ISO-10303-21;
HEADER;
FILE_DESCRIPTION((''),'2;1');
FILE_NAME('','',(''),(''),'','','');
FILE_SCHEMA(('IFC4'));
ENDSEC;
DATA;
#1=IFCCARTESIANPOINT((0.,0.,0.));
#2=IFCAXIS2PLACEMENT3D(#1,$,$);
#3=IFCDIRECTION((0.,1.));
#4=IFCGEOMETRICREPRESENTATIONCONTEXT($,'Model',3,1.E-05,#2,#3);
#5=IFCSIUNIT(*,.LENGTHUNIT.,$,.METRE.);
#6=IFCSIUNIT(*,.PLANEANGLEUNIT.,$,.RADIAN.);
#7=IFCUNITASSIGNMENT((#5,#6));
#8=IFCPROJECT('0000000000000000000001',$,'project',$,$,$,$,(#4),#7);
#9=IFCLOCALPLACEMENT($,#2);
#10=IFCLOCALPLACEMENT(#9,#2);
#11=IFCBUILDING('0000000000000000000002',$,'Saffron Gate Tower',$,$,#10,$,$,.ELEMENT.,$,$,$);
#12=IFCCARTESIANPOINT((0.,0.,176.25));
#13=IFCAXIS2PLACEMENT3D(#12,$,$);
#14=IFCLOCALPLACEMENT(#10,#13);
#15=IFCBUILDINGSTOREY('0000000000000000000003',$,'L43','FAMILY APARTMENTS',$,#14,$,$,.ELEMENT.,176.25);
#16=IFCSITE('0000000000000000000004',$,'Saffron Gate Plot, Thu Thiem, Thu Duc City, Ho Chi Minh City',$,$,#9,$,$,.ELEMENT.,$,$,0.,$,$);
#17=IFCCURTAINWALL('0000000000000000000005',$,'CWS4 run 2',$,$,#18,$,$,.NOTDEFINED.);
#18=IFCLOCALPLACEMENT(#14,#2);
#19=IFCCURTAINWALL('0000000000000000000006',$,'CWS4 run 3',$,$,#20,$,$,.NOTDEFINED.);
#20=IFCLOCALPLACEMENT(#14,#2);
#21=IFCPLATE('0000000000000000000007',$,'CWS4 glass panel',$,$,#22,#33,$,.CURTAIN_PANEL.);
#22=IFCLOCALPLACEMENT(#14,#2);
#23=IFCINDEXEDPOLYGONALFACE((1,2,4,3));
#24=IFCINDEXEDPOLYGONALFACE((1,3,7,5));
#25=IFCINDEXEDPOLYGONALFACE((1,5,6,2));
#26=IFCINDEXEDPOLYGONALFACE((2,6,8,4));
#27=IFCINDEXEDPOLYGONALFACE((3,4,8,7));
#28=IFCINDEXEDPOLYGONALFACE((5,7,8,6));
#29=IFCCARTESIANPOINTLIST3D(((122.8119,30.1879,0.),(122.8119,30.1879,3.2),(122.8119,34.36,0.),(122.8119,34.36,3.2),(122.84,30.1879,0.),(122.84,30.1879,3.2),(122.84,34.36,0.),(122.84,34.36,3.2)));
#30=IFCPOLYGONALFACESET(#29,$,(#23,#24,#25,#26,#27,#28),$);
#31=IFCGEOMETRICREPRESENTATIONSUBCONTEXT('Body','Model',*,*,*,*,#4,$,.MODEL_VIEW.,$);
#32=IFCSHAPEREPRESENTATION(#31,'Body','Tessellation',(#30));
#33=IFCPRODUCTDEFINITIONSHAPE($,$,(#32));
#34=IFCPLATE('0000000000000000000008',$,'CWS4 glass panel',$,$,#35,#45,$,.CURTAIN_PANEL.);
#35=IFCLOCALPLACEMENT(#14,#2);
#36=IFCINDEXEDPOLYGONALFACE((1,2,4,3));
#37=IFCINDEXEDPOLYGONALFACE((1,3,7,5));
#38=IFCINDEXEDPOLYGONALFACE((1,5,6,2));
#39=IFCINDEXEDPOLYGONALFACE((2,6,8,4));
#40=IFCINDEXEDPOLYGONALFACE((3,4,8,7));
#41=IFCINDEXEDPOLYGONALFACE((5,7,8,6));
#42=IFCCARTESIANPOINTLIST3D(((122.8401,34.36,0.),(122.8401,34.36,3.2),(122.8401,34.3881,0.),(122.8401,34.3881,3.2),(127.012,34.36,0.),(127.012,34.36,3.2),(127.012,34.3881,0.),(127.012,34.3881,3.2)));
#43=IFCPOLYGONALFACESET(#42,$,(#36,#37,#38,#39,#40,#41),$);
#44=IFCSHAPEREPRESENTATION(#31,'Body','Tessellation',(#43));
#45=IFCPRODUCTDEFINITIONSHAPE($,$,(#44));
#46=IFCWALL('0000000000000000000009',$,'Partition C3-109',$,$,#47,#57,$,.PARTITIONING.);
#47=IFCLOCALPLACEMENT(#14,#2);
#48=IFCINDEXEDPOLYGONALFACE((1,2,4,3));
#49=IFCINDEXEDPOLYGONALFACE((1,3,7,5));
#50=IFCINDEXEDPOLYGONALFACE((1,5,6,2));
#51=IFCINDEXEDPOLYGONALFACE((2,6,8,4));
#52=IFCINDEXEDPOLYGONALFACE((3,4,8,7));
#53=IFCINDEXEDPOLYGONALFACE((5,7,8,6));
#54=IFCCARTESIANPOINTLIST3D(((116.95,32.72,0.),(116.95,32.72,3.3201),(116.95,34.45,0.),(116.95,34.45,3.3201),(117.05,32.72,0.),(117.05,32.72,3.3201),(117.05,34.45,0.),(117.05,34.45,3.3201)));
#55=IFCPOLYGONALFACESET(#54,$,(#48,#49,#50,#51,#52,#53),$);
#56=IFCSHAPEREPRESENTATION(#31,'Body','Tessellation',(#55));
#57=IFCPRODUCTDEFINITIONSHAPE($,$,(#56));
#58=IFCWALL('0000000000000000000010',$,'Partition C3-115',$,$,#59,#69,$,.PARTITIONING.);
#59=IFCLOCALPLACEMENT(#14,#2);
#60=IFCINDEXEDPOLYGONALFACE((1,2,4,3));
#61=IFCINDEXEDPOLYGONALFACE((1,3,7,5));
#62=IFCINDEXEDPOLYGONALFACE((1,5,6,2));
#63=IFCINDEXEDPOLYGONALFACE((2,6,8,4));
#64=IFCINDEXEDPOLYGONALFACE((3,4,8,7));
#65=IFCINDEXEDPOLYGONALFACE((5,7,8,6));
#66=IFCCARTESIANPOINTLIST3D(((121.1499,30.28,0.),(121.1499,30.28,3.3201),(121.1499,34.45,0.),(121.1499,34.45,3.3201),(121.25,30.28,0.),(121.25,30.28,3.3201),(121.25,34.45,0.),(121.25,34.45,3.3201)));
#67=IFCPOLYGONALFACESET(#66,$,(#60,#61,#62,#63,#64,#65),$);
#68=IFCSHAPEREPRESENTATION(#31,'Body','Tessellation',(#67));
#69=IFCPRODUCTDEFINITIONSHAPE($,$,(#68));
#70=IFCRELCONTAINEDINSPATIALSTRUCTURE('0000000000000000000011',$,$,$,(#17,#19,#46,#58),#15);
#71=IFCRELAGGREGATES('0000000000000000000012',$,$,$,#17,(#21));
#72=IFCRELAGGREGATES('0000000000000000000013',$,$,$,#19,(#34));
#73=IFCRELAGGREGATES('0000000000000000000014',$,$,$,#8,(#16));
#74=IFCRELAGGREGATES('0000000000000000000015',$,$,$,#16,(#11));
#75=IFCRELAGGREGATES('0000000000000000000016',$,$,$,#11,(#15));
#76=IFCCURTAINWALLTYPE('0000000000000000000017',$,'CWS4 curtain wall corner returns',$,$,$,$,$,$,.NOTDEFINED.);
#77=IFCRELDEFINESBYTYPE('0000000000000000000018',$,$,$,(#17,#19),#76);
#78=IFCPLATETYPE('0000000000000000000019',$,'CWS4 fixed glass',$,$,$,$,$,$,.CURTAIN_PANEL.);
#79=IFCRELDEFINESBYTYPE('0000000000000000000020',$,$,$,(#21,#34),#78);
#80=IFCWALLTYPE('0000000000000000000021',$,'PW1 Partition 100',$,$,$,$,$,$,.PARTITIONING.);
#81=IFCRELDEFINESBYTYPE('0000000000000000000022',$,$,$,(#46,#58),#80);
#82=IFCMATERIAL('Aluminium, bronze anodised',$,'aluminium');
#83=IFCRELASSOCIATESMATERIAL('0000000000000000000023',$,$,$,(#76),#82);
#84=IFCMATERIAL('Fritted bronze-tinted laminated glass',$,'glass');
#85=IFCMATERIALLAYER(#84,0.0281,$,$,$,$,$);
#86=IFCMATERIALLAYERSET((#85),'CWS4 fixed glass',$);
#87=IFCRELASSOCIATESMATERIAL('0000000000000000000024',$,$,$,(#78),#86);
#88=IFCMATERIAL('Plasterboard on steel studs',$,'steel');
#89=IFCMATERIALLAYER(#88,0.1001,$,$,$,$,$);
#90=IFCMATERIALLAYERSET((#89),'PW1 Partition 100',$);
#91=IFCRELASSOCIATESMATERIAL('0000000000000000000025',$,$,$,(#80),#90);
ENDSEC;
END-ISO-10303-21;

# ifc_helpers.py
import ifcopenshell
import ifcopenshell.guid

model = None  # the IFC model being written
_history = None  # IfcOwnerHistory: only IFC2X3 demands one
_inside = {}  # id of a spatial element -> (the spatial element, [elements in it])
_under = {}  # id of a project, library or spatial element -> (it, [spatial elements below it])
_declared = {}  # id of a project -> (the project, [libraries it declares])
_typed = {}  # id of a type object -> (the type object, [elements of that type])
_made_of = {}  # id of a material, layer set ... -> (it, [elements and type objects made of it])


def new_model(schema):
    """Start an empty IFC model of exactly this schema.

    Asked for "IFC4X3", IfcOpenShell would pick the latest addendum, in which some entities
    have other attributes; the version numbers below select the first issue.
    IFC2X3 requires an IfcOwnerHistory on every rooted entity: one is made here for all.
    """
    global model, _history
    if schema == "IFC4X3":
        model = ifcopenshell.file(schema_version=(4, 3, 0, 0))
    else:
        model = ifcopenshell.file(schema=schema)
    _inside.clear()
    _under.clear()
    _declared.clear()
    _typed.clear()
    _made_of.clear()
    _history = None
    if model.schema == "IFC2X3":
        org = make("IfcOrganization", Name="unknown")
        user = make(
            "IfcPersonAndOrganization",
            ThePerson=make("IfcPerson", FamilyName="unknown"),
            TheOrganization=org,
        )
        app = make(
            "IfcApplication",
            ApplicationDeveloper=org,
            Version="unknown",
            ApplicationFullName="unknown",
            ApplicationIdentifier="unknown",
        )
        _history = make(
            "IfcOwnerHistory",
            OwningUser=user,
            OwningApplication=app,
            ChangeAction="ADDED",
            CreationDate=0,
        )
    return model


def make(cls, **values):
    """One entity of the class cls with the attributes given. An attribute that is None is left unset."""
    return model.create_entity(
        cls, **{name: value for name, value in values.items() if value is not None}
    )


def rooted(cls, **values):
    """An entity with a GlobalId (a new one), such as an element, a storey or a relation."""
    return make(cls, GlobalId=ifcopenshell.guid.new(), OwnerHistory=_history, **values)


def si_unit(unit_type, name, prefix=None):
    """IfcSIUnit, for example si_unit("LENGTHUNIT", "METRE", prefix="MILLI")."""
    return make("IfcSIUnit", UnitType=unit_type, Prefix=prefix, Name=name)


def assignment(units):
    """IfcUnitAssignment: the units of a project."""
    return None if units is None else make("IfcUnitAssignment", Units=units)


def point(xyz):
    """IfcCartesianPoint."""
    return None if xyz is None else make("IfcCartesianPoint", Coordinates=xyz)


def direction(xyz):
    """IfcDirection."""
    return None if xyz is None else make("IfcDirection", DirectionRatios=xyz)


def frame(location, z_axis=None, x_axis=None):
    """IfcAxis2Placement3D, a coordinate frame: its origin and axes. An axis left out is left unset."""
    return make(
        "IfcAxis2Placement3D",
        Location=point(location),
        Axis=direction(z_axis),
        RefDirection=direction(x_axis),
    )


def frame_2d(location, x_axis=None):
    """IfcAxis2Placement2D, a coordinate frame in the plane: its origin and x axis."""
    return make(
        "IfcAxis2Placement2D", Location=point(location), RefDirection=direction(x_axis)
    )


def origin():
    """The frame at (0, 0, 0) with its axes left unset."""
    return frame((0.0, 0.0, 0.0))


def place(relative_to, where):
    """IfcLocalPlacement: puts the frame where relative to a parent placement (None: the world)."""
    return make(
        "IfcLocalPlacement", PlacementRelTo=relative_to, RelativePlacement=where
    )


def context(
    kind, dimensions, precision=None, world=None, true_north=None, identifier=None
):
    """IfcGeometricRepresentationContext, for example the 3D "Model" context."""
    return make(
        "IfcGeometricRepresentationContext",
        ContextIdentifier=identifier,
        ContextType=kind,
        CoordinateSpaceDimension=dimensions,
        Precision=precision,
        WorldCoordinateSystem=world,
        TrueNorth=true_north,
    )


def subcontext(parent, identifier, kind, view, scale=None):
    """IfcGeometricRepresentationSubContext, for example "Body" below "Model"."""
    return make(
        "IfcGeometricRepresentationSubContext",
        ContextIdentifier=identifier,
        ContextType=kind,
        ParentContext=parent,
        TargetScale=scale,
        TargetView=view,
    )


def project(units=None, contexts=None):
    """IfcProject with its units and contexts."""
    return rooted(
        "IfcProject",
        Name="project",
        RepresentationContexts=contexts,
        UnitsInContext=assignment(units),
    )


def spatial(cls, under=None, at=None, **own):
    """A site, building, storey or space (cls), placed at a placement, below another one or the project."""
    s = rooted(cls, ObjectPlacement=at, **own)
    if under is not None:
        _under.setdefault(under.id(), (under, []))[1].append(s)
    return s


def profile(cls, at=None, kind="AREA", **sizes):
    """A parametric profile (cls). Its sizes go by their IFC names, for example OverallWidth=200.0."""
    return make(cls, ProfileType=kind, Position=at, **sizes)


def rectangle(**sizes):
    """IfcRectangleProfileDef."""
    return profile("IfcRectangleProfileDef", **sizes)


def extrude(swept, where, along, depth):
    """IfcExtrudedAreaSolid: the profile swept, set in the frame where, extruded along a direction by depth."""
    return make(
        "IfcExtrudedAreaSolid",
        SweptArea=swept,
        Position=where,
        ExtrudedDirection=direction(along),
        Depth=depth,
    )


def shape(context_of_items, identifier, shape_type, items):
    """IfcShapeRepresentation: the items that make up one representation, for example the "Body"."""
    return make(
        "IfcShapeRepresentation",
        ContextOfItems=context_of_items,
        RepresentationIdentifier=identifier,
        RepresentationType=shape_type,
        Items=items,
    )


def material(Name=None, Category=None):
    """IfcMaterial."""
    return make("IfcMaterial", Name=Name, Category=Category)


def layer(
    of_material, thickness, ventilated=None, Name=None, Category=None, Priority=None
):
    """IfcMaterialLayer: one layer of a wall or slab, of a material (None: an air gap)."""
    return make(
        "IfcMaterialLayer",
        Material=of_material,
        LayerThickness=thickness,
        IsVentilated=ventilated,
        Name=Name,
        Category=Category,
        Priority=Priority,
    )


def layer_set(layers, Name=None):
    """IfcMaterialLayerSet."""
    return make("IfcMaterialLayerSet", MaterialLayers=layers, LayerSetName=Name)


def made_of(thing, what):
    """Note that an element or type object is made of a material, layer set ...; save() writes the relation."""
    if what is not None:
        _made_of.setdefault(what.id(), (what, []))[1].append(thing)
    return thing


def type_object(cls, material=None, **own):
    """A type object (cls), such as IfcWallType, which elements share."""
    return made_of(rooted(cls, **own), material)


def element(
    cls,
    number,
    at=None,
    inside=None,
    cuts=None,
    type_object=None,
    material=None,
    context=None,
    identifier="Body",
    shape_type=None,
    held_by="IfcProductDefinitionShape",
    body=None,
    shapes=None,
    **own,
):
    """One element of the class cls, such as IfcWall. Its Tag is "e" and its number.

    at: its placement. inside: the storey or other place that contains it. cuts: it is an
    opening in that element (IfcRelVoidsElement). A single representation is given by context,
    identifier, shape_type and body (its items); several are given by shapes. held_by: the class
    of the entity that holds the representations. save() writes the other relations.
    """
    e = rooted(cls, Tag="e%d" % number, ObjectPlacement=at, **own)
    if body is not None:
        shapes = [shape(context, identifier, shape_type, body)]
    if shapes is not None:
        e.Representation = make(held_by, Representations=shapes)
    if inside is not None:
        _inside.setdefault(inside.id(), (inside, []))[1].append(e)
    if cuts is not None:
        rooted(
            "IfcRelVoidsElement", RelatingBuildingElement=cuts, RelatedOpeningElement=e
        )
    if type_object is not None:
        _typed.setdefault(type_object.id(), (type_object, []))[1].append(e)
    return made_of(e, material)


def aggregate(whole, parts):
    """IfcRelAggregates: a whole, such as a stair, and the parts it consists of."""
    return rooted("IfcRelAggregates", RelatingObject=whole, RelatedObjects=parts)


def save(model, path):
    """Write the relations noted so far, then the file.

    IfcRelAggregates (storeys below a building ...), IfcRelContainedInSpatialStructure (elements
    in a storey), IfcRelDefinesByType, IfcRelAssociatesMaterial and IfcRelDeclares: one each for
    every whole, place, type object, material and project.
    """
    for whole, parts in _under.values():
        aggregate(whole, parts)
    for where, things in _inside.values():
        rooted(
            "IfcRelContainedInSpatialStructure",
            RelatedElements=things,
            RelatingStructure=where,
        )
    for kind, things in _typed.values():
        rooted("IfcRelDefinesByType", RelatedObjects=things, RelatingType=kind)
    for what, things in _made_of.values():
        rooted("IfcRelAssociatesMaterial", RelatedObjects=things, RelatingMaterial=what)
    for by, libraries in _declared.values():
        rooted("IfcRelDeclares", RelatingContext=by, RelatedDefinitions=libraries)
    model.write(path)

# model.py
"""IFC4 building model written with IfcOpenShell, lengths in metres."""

from ifc_helpers import new_model, si_unit, direction, frame, frame_2d, origin, place, context, subcontext, project, spatial, rectangle, extrude, material, layer, layer_set, type_object, element, aggregate, save


model = new_model("IFC4")

# Units and contexts
model_context = context("Model", 3, precision=1e-05, world=origin(), true_north=direction((0.0, 1.0)))
body_context = subcontext(model_context, "Body", "Model", "MODEL_VIEW")
ifc_project = project(units=[si_unit("LENGTHUNIT", "METRE"), si_unit("PLANEANGLEUNIT", "RADIAN")], contexts=[model_context])

# Site, building, storey
site_placement = place(None, origin())
site = spatial("IfcSite", under=ifc_project, at=site_placement, Name="Saffron Gate Plot, Thu Thiem, Thu Duc City, Ho Chi Minh City", CompositionType="ELEMENT", RefElevation=0.0)
building_placement = place(site_placement, origin())
building = spatial("IfcBuilding", under=site, at=building_placement, Name="Saffron Gate Tower", CompositionType="ELEMENT")
storey_placement = place(building_placement, frame((0.0, 0.0, 176.25)))
storey = spatial("IfcBuildingStorey", under=building, at=storey_placement, Name="L43", Description="FAMILY APARTMENTS", CompositionType="ELEMENT", Elevation=176.25)

# Curtain walls
ifc_material_1 = material(Name="Aluminium, bronze anodised", Category="aluminium")
curtain_wall_type_1 = type_object("IfcCurtainWallType", Name="CWS4 curtain wall corner returns", PredefinedType="NOTDEFINED", material=ifc_material_1)
curtain_wall_1_placement = place(storey_placement, origin())
curtain_wall_1 = element("IfcCurtainWall", 1, at=curtain_wall_1_placement, inside=storey, type_object=curtain_wall_type_1, Name="CWS4 run 2", PredefinedType="NOTDEFINED")
curtain_wall_2_placement = place(storey_placement, origin())
curtain_wall_2 = element("IfcCurtainWall", 2, at=curtain_wall_2_placement, inside=storey, type_object=curtain_wall_type_1, Name="CWS4 run 3", PredefinedType="NOTDEFINED")

# Shared definitions
ifc_material_2 = material(Name="Fritted bronze-tinted laminated glass", Category="glass")

# Plates
ifc_layer_1 = layer(ifc_material_2, 0.0281)
ifc_layer_set_1 = layer_set([ifc_layer_1], Name="CWS4 fixed glass")
plate_type_1 = type_object("IfcPlateType", Name="CWS4 fixed glass", PredefinedType="CURTAIN_PANEL", material=ifc_layer_set_1)
plate_1_placement = place(storey_placement, frame((122.8259, 30.188, 0.0), z_axis=(0.0, 0.0, 1.0), x_axis=(0.0, 1.0, 0.0)))
plate_1 = element("IfcPlate", 3, at=plate_1_placement, type_object=plate_type_1, Name="CWS4 glass panel", PredefinedType="CURTAIN_PANEL", context=body_context, shape_type="SweptSolid", body=[
    extrude(rectangle(XDim=4.1721, YDim=0.0281, at=frame_2d((2.0859, 0.0))), origin(), (0.0, 0.0, 1.0), 3.2),
])
aggregate(curtain_wall_1, [plate_1])
plate_2_placement = place(storey_placement, frame((122.8401, 34.374, 0.0), z_axis=(0.0, 0.0, 1.0), x_axis=(1.0, 0.0, 0.0)))
plate_2 = element("IfcPlate", 4, at=plate_2_placement, type_object=plate_type_1, Name="CWS4 glass panel", PredefinedType="CURTAIN_PANEL", context=body_context, shape_type="SweptSolid", body=[
    extrude(rectangle(XDim=4.1719, YDim=0.0281, at=frame_2d((2.0859, 0.0))), origin(), (0.0, 0.0, 1.0), 3.2),
])
aggregate(curtain_wall_2, [plate_2])

# Walls
ifc_material_3 = material(Name="Plasterboard on steel studs", Category="steel")
ifc_layer_2 = layer(ifc_material_3, 0.1001)
ifc_layer_set_2 = layer_set([ifc_layer_2], Name="PW1 Partition 100")
wall_type = type_object("IfcWallType", Name="PW1 Partition 100", PredefinedType="PARTITIONING", material=ifc_layer_set_2)
wall_1_placement = place(storey_placement, frame((117.0, 34.45, 0.0), z_axis=(0.0, 0.0, 1.0), x_axis=(0.0, -1.0, 0.0)))
element("IfcWall", 5, at=wall_1_placement, inside=storey, type_object=wall_type, Name="Partition C3-109", PredefinedType="PARTITIONING", context=body_context, shape_type="SweptSolid", body=[
    extrude(rectangle(XDim=1.73, YDim=0.1001, at=frame_2d((0.865, 0.0))), origin(), (0.0, 0.0, 1.0), 3.3201),
])
wall_2_placement = place(storey_placement, frame((121.2, 34.45, 0.0), z_axis=(0.0, 0.0, 1.0), x_axis=(0.0, -1.0, 0.0)))
element("IfcWall", 6, at=wall_2_placement, inside=storey, type_object=wall_type, Name="Partition C3-115", PredefinedType="PARTITIONING", context=body_context, shape_type="SweptSolid", body=[
    extrude(rectangle(XDim=4.1699, YDim=0.1001, at=frame_2d((2.085, 0.0))), origin(), (0.0, 0.0, 1.0), 3.3201),
])

save(model, "model.ifc")
